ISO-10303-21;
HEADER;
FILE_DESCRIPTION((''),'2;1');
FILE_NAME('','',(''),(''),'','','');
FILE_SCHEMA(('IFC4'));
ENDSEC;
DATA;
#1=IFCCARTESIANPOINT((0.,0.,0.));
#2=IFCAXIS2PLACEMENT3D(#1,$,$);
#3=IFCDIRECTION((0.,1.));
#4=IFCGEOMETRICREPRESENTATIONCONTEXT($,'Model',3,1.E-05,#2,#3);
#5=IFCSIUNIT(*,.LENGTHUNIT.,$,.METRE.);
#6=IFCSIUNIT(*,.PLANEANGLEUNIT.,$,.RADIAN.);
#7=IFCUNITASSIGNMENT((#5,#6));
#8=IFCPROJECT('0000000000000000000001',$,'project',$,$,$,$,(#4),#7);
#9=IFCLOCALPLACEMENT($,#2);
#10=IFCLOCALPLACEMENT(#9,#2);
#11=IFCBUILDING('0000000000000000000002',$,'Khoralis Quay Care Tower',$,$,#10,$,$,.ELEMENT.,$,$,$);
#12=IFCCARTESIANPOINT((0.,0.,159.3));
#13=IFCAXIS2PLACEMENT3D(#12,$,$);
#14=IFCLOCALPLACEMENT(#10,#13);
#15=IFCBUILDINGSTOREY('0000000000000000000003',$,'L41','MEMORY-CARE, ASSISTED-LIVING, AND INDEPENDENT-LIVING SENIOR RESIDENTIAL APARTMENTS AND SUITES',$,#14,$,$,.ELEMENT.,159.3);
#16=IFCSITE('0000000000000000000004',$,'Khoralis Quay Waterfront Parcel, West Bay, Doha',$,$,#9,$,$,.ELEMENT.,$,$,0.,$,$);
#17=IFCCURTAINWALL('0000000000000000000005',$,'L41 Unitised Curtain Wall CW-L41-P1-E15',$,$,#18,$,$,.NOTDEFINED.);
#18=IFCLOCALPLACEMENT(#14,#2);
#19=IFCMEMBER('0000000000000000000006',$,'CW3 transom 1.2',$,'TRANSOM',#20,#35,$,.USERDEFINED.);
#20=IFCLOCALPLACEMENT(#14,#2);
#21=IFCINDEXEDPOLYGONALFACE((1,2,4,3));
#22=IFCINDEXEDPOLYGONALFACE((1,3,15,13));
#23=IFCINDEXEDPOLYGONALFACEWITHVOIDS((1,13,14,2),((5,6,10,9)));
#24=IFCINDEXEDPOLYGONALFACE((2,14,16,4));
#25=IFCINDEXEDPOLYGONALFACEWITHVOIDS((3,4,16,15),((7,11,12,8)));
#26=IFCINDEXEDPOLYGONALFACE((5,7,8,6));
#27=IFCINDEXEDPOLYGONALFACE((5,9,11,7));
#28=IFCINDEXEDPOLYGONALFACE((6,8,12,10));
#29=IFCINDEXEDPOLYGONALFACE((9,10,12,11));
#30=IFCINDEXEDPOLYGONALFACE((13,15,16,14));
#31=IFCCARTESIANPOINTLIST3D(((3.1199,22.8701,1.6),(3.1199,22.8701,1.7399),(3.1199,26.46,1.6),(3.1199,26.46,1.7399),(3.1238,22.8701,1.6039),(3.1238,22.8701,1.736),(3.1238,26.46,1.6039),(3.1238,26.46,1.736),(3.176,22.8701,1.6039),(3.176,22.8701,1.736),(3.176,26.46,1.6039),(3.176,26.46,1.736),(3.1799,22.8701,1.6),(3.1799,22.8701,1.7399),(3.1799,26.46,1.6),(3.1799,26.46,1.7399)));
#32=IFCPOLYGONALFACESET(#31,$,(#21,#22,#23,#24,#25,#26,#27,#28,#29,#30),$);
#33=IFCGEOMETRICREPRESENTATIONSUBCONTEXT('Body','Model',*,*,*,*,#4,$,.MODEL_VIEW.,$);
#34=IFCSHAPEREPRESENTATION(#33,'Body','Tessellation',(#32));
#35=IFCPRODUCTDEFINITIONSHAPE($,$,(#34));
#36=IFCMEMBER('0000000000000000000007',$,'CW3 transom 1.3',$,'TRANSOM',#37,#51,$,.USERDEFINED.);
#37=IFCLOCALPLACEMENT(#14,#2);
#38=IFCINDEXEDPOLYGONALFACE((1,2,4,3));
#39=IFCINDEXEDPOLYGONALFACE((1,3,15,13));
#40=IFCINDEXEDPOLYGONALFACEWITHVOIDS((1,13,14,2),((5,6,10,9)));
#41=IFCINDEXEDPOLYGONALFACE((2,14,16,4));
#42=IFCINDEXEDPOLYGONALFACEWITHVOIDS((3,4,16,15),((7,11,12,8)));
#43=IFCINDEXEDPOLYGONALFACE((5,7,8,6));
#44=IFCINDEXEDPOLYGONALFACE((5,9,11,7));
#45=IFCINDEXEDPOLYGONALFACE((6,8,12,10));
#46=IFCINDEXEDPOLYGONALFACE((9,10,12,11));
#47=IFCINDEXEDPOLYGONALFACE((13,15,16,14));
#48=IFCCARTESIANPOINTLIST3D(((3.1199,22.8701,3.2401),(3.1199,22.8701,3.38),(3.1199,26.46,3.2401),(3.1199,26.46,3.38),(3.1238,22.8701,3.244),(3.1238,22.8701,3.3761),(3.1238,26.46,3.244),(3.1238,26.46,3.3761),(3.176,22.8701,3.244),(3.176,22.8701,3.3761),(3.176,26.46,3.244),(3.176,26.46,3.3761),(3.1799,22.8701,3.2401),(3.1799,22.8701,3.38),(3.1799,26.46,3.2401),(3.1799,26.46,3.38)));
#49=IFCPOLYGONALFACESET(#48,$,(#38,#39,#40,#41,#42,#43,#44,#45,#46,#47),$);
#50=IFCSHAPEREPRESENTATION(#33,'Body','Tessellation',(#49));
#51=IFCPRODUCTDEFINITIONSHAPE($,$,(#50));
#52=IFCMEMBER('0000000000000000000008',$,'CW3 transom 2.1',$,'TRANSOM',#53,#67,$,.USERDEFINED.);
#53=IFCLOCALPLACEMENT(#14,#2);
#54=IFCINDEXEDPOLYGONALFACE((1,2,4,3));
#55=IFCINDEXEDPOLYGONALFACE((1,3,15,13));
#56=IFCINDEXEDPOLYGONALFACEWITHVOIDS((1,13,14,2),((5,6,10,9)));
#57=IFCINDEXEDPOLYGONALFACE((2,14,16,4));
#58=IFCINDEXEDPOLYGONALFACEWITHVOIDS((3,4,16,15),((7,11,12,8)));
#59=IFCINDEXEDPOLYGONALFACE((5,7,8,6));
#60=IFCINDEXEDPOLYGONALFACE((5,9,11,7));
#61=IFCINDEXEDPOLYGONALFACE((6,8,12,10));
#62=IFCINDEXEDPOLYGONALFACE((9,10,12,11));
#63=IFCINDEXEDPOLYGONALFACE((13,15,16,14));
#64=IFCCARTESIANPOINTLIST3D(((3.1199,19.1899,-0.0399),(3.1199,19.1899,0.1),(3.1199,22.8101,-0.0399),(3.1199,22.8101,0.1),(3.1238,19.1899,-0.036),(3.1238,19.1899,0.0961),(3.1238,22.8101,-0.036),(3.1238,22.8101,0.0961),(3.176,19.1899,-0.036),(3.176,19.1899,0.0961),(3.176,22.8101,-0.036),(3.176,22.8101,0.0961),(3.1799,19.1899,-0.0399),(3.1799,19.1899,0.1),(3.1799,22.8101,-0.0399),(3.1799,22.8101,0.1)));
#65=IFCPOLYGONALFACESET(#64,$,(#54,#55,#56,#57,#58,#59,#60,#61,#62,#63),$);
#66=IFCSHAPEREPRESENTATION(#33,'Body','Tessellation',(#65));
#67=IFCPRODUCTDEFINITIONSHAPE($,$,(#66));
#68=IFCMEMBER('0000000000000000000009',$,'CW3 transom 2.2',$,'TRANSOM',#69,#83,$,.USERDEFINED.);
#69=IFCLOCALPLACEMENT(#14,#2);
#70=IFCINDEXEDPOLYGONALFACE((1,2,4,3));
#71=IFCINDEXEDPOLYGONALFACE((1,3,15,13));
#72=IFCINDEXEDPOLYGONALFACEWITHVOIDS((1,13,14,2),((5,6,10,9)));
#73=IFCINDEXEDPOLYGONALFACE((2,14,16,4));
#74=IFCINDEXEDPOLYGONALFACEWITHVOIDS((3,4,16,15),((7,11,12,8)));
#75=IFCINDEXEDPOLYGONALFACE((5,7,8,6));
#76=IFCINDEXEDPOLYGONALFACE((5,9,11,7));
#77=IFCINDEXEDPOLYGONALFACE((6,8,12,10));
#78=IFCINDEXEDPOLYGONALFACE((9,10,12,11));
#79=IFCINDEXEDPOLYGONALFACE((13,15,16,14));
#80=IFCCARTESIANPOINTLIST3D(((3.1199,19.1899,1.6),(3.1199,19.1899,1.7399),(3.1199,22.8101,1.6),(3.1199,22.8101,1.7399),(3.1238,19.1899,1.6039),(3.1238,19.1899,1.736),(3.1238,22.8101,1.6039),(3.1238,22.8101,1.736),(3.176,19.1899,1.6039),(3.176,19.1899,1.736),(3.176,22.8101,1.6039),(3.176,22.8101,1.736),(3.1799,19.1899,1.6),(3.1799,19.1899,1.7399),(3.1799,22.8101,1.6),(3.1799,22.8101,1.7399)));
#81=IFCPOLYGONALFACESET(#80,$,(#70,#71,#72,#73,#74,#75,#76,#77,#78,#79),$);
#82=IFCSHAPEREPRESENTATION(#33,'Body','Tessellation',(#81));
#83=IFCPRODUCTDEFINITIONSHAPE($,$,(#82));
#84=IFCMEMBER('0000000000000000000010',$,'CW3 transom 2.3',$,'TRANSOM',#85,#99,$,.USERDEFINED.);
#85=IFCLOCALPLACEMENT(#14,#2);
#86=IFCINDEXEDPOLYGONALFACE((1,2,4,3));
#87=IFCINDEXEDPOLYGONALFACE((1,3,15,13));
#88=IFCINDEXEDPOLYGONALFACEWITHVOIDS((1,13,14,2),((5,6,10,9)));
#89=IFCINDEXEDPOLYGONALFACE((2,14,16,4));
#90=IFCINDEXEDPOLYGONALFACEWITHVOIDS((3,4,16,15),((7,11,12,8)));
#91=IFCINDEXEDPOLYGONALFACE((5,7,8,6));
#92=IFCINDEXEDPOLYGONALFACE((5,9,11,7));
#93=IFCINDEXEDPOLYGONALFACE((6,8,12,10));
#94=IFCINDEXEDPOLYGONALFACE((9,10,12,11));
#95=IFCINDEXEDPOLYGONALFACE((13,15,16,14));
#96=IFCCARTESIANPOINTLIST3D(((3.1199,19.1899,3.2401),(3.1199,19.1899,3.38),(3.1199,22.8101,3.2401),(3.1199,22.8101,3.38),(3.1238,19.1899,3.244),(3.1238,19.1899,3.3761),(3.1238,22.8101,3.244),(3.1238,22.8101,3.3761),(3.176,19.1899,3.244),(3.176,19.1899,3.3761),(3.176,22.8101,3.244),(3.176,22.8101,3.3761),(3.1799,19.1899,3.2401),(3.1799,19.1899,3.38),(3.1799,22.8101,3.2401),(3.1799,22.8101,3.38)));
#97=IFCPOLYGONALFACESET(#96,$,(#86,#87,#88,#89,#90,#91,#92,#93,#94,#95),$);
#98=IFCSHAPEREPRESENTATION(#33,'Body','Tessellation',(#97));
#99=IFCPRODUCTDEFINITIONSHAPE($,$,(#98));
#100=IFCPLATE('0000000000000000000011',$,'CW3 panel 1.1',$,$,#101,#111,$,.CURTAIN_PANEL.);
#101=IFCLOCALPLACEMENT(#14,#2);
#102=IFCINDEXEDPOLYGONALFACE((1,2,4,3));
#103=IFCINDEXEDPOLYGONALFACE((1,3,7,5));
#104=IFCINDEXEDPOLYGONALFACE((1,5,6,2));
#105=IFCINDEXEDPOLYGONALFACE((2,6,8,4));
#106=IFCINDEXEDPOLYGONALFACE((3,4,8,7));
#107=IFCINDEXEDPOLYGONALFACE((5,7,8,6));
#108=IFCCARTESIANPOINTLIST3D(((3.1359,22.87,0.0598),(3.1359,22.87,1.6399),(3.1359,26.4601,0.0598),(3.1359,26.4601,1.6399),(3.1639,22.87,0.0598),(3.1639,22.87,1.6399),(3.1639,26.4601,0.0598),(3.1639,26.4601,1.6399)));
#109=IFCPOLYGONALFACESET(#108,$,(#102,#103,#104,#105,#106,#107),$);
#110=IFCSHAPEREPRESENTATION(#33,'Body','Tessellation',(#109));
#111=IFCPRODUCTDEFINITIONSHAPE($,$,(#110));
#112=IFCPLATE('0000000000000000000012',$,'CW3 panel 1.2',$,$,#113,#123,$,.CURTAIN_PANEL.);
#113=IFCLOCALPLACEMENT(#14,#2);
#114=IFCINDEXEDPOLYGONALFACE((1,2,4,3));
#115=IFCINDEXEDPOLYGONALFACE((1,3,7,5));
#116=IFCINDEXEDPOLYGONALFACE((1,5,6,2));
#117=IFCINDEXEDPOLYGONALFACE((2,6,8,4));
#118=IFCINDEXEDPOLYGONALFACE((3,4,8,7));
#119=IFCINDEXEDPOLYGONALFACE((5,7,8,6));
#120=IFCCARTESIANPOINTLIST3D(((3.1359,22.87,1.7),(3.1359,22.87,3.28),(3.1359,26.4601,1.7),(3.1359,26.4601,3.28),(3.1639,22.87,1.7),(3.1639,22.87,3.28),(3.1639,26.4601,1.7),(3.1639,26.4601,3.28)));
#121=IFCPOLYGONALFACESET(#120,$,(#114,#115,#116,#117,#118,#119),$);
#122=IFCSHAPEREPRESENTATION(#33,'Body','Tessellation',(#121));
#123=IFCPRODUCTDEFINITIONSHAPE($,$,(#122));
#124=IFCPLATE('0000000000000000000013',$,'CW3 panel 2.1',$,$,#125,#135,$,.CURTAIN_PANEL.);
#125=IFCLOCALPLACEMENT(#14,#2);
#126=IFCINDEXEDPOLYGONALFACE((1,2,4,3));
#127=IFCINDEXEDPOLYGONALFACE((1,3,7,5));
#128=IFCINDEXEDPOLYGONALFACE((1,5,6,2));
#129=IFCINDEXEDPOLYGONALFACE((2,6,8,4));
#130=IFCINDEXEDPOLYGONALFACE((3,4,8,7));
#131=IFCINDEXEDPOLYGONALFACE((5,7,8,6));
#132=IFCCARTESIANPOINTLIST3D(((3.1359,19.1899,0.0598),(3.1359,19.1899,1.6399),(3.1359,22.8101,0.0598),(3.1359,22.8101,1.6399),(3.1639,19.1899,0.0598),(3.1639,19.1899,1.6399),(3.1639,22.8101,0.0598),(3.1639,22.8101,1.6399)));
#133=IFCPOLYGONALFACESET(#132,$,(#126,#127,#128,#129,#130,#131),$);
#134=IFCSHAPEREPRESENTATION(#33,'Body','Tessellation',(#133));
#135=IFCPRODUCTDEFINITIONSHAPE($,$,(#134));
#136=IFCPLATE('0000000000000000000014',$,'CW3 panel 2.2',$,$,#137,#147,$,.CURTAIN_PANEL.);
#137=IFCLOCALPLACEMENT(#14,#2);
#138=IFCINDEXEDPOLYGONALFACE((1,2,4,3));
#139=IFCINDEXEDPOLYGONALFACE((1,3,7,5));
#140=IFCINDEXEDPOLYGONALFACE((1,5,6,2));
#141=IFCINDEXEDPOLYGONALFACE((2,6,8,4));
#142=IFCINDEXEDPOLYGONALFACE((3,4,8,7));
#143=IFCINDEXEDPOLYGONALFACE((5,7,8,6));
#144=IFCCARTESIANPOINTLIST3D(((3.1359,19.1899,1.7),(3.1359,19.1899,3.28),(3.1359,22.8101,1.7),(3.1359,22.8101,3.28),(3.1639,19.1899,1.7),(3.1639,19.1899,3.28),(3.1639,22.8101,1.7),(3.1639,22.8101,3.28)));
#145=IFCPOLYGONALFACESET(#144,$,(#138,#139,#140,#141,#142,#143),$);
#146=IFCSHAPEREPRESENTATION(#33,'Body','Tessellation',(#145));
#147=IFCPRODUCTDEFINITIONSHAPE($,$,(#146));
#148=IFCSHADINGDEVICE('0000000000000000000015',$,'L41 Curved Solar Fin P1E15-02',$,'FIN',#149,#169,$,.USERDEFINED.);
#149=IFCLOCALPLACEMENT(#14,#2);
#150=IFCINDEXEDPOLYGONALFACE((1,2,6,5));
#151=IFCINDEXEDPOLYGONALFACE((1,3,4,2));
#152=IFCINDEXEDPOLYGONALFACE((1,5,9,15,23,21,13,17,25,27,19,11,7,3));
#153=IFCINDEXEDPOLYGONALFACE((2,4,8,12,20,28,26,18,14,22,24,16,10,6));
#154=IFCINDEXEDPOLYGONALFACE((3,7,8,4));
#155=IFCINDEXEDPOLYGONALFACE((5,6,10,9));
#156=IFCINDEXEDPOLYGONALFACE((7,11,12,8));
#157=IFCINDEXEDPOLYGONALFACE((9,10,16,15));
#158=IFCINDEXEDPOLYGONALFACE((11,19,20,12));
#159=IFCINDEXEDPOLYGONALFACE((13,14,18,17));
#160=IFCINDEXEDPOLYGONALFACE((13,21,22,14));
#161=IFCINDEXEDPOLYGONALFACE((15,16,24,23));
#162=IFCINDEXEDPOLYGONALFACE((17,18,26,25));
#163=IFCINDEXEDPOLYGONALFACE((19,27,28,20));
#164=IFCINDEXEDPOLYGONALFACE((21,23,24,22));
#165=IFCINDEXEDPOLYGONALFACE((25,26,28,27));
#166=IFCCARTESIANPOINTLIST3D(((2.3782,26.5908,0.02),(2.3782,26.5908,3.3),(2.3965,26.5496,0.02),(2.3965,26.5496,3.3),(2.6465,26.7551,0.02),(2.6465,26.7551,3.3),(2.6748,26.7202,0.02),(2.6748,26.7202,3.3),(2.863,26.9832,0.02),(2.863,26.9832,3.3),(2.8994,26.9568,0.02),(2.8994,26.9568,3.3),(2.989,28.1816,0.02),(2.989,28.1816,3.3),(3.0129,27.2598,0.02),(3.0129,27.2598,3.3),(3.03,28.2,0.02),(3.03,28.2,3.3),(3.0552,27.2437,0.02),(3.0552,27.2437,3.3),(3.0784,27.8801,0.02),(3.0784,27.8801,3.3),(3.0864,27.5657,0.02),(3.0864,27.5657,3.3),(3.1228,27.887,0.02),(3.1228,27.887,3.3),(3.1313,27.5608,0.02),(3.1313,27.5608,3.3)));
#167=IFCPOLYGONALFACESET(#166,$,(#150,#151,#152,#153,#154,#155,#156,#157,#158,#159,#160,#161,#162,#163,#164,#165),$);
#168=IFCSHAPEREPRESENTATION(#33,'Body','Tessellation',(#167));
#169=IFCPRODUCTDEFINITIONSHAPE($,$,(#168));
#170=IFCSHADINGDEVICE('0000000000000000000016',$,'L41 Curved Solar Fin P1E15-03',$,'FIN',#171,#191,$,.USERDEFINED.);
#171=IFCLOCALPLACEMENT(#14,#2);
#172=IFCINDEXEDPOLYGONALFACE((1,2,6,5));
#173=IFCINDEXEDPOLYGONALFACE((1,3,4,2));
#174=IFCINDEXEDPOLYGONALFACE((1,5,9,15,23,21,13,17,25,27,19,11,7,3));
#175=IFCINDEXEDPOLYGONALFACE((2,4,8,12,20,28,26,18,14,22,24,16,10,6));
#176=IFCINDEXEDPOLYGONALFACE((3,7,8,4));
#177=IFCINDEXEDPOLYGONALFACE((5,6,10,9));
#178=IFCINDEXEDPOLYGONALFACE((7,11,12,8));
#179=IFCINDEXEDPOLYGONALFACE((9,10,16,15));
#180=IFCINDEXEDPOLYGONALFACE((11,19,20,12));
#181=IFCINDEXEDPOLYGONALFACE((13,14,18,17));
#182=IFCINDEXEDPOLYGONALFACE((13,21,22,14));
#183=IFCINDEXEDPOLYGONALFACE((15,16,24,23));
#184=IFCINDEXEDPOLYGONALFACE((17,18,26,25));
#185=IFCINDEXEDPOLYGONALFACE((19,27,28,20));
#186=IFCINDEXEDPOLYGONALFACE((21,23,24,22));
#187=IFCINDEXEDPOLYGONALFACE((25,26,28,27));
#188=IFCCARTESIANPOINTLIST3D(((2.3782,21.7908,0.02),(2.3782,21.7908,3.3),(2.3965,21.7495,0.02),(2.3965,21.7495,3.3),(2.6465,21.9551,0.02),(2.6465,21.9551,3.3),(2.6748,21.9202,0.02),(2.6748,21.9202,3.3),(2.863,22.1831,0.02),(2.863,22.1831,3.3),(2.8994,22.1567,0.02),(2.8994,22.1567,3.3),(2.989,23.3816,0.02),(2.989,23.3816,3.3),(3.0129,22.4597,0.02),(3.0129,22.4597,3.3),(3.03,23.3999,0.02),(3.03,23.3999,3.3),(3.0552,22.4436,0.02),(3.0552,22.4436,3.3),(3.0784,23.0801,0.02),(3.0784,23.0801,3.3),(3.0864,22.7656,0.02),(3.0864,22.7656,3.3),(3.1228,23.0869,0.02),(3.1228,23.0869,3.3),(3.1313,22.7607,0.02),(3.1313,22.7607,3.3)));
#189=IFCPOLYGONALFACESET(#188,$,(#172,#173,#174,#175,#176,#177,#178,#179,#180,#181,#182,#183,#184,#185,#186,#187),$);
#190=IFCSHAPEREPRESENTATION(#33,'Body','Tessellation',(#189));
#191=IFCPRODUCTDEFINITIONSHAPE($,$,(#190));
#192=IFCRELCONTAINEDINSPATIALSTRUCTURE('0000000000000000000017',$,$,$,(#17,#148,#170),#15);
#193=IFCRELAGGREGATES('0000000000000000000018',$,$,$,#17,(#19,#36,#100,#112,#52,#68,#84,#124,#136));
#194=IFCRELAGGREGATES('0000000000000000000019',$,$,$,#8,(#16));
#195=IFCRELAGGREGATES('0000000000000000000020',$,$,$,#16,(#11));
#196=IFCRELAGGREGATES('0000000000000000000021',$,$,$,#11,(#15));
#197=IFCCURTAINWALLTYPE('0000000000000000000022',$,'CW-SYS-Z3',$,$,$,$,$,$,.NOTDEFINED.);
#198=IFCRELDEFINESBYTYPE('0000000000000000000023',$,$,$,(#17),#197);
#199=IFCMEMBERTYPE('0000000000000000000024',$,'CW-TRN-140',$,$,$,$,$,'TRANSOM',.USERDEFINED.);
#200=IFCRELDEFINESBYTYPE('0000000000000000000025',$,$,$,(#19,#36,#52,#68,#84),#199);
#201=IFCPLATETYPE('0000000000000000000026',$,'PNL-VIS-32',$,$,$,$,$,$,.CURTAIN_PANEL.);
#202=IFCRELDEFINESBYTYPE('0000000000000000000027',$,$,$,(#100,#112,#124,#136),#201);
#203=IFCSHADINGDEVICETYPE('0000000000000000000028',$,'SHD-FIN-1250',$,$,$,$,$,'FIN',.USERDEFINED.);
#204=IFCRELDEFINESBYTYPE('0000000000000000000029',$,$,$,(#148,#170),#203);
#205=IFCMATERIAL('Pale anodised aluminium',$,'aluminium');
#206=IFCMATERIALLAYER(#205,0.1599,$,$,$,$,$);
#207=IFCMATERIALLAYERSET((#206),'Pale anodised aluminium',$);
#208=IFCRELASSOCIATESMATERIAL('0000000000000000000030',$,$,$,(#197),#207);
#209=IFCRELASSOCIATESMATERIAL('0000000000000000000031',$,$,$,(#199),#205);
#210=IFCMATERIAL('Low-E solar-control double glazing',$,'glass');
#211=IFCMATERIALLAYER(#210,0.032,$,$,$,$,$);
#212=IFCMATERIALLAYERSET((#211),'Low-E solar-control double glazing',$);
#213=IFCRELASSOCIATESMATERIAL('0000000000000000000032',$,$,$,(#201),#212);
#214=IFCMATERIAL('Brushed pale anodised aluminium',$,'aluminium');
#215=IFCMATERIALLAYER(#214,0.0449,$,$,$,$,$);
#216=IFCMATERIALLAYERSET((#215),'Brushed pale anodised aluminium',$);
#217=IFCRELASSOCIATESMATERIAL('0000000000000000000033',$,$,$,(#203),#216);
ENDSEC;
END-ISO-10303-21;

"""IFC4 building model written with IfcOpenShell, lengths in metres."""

from ifc_helpers import new_model, si_unit, direction, frame, origin, origin_2d, place, context, subcontext, project, spatial, polyline, rectangle, hollow_rectangle, outline, extrude, source, transform, mapped, material, layer, layer_set, material_profile, profile_set, type_object, element, aggregate, save


model = new_model("IFC4")

# Units and contexts
model_context = context("Model", 3, precision=1e-05, world=origin(), true_north=direction((0.0, 1.0)))
body_context = subcontext(model_context, "Body", "Model", "MODEL_VIEW")
ifc_project = project(units=[si_unit("LENGTHUNIT", "METRE"), si_unit("PLANEANGLEUNIT", "RADIAN")], contexts=[model_context])

# Site, building, storey
site_placement = place(None, origin())
site = spatial("IfcSite", under=ifc_project, at=site_placement, Name="Khoralis Quay Waterfront Parcel, West Bay, Doha", CompositionType="ELEMENT", RefElevation=0.0)
building_placement = place(site_placement, origin())
building = spatial("IfcBuilding", under=site, at=building_placement, Name="Khoralis Quay Care Tower", CompositionType="ELEMENT")
storey_placement = place(building_placement, frame((0.0, 0.0, 159.3)))
storey = spatial("IfcBuildingStorey", under=building, at=storey_placement, Name="L41", Description="MEMORY-CARE, ASSISTED-LIVING, AND INDEPENDENT-LIVING SENIOR RESIDENTIAL APARTMENTS AND SUITES", CompositionType="ELEMENT", Elevation=159.3)

# Curtain wall, members, plates
ifc_material_1 = material(Name="Pale anodised aluminium", Category="aluminium")
ifc_layer_1 = layer(ifc_material_1, 0.1599)
ifc_layer_set_1 = layer_set([ifc_layer_1], Name="Pale anodised aluminium")
curtain_wall_type = type_object("IfcCurtainWallType", Name="CW-SYS-Z3", PredefinedType="NOTDEFINED", material=ifc_layer_set_1)
curtain_wall_placement = place(storey_placement, origin())
curtain_wall = element("IfcCurtainWall", 1, at=curtain_wall_placement, inside=storey, type_object=curtain_wall_type, Name="L41 Unitised Curtain Wall CW-L41-P1-E15", PredefinedType="NOTDEFINED")
ifc_material_profile_1 = material_profile(ifc_material_1, hollow_rectangle(XDim=0.0601, YDim=0.1399, WallThickness=0.0039, at=origin_2d()), Name="Pale anodised aluminium")
ifc_profile_set_1 = profile_set([ifc_material_profile_1], Name="Pale anodised aluminium")
member_type_1 = type_object("IfcMemberType", Name="CW-TRN-140", ElementType="TRANSOM", PredefinedType="USERDEFINED", material=ifc_profile_set_1)
shared_shape_1 = source(origin(), body_context, "Body", "SweptSolid", [
    extrude(hollow_rectangle(XDim=0.0601, YDim=0.1399, WallThickness=0.0039, at=origin_2d()), origin(), (0.0, 0.0, 1.0), 3.5898),
])
member_1_placement = place(storey_placement, frame((3.1499, 26.46, 1.6699), z_axis=(0.0, -1.0, 0.0), x_axis=(1.0, 0.0, 0.0)))
member_1 = element("IfcMember", 2, at=member_1_placement, type_object=member_type_1, Name="CW3 transom 1.2", ObjectType="TRANSOM", PredefinedType="USERDEFINED", context=body_context, shape_type="MappedRepresentation", body=[
    mapped(shared_shape_1, transform((0.0, 0.0, 0.0), scale=1.0)),
])
member_2_placement = place(storey_placement, frame((3.1499, 26.46, 3.3101), z_axis=(0.0, -1.0, 0.0), x_axis=(1.0, 0.0, 0.0)))
member_2 = element("IfcMember", 3, at=member_2_placement, type_object=member_type_1, Name="CW3 transom 1.3", ObjectType="TRANSOM", PredefinedType="USERDEFINED", context=body_context, shape_type="MappedRepresentation", body=[
    mapped(shared_shape_1, transform((0.0, 0.0, 0.0), scale=1.0)),
])
shared_shape_2 = source(origin(), body_context, "Body", "SweptSolid", [
    extrude(hollow_rectangle(XDim=0.0601, YDim=0.1399, WallThickness=0.0039, at=origin_2d()), origin(), (0.0, 0.0, 1.0), 3.6201),
])
member_3_placement = place(storey_placement, frame((3.1499, 22.8101, 0.03), z_axis=(0.0, -1.0, 0.0), x_axis=(1.0, 0.0, 0.0)))
member_3 = element("IfcMember", 4, at=member_3_placement, type_object=member_type_1, Name="CW3 transom 2.1", ObjectType="TRANSOM", PredefinedType="USERDEFINED", context=body_context, shape_type="MappedRepresentation", body=[
    mapped(shared_shape_2, transform((0.0, 0.0, 0.0), scale=1.0)),
])
member_4_placement = place(storey_placement, frame((3.1499, 22.8101, 1.6699), z_axis=(0.0, -1.0, 0.0), x_axis=(1.0, 0.0, 0.0)))
member_4 = element("IfcMember", 5, at=member_4_placement, type_object=member_type_1, Name="CW3 transom 2.2", ObjectType="TRANSOM", PredefinedType="USERDEFINED", context=body_context, shape_type="MappedRepresentation", body=[
    mapped(shared_shape_2, transform((0.0, 0.0, 0.0), scale=1.0)),
])
member_5_placement = place(storey_placement, frame((3.1499, 22.8101, 3.3101), z_axis=(0.0, -1.0, 0.0), x_axis=(1.0, 0.0, 0.0)))
member_5 = element("IfcMember", 6, at=member_5_placement, type_object=member_type_1, Name="CW3 transom 2.3", ObjectType="TRANSOM", PredefinedType="USERDEFINED", context=body_context, shape_type="MappedRepresentation", body=[
    mapped(shared_shape_2, transform((0.0, 0.0, 0.0), scale=1.0)),
])
ifc_material_2 = material(Name="Low-E solar-control double glazing", Category="glass")
ifc_layer_2 = layer(ifc_material_2, 0.032)
ifc_layer_set_2 = layer_set([ifc_layer_2], Name="Low-E solar-control double glazing")
plate_type = type_object("IfcPlateType", Name="PNL-VIS-32", PredefinedType="CURTAIN_PANEL", material=ifc_layer_set_2)
shared_shape_3 = source(origin(), body_context, "Body", "SweptSolid", [
    extrude(rectangle(XDim=3.5901, YDim=0.0281, at=origin_2d()), origin(), (0.0, 0.0, 1.0), 1.5801),
])
plate_1_placement = place(storey_placement, frame((3.1499, 24.665, 0.0598), z_axis=(0.0, 0.0, 1.0), x_axis=(0.0, -1.0, 0.0)))
plate_1 = element("IfcPlate", 7, at=plate_1_placement, type_object=plate_type, Name="CW3 panel 1.1", PredefinedType="CURTAIN_PANEL", context=body_context, shape_type="MappedRepresentation", body=[
    mapped(shared_shape_3, transform((0.0, 0.0, 0.0), scale=1.0)),
])
plate_2_placement = place(storey_placement, frame((3.1499, 24.665, 1.7), z_axis=(0.0, 0.0, 1.0), x_axis=(0.0, -1.0, 0.0)))
plate_2 = element("IfcPlate", 8, at=plate_2_placement, type_object=plate_type, Name="CW3 panel 1.2", PredefinedType="CURTAIN_PANEL", context=body_context, shape_type="MappedRepresentation", body=[
    mapped(shared_shape_3, transform((0.0, 0.0, 0.0), scale=1.0)),
])
shared_shape_4 = source(origin(), body_context, "Body", "SweptSolid", [
    extrude(rectangle(XDim=3.6201, YDim=0.0281, at=origin_2d()), origin(), (0.0, 0.0, 1.0), 1.5801),
])
plate_3_placement = place(storey_placement, frame((3.1499, 21.0, 0.0598), z_axis=(0.0, 0.0, 1.0), x_axis=(0.0, -1.0, 0.0)))
plate_3 = element("IfcPlate", 9, at=plate_3_placement, type_object=plate_type, Name="CW3 panel 2.1", PredefinedType="CURTAIN_PANEL", context=body_context, shape_type="MappedRepresentation", body=[
    mapped(shared_shape_4, transform((0.0, 0.0, 0.0), scale=1.0)),
])
plate_4_placement = place(storey_placement, frame((3.1499, 21.0, 1.7), z_axis=(0.0, 0.0, 1.0), x_axis=(0.0, -1.0, 0.0)))
plate_4 = element("IfcPlate", 10, at=plate_4_placement, type_object=plate_type, Name="CW3 panel 2.2", PredefinedType="CURTAIN_PANEL", context=body_context, shape_type="MappedRepresentation", body=[
    mapped(shared_shape_4, transform((0.0, 0.0, 0.0), scale=1.0)),
])
aggregate(curtain_wall, [member_1, member_2, plate_1, plate_2, member_3, member_4, member_5, plate_3, plate_4])

# Shading devices
ifc_material_3 = material(Name="Brushed pale anodised aluminium", Category="aluminium")
ifc_layer_3 = layer(ifc_material_3, 0.0449)
ifc_layer_set_3 = layer_set([ifc_layer_3], Name="Brushed pale anodised aluminium")
shading_device_type = type_object("IfcShadingDeviceType", Name="SHD-FIN-1250", ElementType="FIN", PredefinedType="USERDEFINED", material=ifc_layer_set_3)
shared_shape_5 = source(origin(), body_context, "Body", "SweptSolid", [
    extrude(outline(polyline([(0.0, 0.0), (-0.0928, 0.313), (-0.1013, 0.6392), (-0.0251, 0.9563), (0.1306, 1.2432), (0.3552, 1.4797), (0.6335, 1.6504), (0.6519, 1.6091), (0.3835, 1.4448), (0.167, 1.2168), (0.0171, 0.9402), (-0.0564, 0.6343), (-0.0483, 0.3198), (0.041, 0.0183), (0.0, 0.0)])), origin(), (0.0, 0.0, 1.0), 3.28),
])
for number, where, z_axis, x_axis, name in (
    (11, (3.03, 28.2, 0.02), (0.0, 0.0, 1.0), (-1.0, 0.0, 0.0), "L41 Curved Solar Fin P1E15-02"),
    (12, (3.03, 23.3999, 0.02), (0.0, 0.0, 1.0), (-1.0, 0.0, 0.0), "L41 Curved Solar Fin P1E15-03"),
):
    element("IfcShadingDevice", number, at=place(storey_placement, frame(where, z_axis=z_axis, x_axis=x_axis)), inside=storey, type_object=shading_device_type, Name=name, ObjectType="FIN", PredefinedType="USERDEFINED", context=body_context, shape_type="MappedRepresentation", body=[
        mapped(shared_shape_5, transform((0.0, 0.0, 0.0), scale=1.0)),
    ])

save(model, "model.ifc")
